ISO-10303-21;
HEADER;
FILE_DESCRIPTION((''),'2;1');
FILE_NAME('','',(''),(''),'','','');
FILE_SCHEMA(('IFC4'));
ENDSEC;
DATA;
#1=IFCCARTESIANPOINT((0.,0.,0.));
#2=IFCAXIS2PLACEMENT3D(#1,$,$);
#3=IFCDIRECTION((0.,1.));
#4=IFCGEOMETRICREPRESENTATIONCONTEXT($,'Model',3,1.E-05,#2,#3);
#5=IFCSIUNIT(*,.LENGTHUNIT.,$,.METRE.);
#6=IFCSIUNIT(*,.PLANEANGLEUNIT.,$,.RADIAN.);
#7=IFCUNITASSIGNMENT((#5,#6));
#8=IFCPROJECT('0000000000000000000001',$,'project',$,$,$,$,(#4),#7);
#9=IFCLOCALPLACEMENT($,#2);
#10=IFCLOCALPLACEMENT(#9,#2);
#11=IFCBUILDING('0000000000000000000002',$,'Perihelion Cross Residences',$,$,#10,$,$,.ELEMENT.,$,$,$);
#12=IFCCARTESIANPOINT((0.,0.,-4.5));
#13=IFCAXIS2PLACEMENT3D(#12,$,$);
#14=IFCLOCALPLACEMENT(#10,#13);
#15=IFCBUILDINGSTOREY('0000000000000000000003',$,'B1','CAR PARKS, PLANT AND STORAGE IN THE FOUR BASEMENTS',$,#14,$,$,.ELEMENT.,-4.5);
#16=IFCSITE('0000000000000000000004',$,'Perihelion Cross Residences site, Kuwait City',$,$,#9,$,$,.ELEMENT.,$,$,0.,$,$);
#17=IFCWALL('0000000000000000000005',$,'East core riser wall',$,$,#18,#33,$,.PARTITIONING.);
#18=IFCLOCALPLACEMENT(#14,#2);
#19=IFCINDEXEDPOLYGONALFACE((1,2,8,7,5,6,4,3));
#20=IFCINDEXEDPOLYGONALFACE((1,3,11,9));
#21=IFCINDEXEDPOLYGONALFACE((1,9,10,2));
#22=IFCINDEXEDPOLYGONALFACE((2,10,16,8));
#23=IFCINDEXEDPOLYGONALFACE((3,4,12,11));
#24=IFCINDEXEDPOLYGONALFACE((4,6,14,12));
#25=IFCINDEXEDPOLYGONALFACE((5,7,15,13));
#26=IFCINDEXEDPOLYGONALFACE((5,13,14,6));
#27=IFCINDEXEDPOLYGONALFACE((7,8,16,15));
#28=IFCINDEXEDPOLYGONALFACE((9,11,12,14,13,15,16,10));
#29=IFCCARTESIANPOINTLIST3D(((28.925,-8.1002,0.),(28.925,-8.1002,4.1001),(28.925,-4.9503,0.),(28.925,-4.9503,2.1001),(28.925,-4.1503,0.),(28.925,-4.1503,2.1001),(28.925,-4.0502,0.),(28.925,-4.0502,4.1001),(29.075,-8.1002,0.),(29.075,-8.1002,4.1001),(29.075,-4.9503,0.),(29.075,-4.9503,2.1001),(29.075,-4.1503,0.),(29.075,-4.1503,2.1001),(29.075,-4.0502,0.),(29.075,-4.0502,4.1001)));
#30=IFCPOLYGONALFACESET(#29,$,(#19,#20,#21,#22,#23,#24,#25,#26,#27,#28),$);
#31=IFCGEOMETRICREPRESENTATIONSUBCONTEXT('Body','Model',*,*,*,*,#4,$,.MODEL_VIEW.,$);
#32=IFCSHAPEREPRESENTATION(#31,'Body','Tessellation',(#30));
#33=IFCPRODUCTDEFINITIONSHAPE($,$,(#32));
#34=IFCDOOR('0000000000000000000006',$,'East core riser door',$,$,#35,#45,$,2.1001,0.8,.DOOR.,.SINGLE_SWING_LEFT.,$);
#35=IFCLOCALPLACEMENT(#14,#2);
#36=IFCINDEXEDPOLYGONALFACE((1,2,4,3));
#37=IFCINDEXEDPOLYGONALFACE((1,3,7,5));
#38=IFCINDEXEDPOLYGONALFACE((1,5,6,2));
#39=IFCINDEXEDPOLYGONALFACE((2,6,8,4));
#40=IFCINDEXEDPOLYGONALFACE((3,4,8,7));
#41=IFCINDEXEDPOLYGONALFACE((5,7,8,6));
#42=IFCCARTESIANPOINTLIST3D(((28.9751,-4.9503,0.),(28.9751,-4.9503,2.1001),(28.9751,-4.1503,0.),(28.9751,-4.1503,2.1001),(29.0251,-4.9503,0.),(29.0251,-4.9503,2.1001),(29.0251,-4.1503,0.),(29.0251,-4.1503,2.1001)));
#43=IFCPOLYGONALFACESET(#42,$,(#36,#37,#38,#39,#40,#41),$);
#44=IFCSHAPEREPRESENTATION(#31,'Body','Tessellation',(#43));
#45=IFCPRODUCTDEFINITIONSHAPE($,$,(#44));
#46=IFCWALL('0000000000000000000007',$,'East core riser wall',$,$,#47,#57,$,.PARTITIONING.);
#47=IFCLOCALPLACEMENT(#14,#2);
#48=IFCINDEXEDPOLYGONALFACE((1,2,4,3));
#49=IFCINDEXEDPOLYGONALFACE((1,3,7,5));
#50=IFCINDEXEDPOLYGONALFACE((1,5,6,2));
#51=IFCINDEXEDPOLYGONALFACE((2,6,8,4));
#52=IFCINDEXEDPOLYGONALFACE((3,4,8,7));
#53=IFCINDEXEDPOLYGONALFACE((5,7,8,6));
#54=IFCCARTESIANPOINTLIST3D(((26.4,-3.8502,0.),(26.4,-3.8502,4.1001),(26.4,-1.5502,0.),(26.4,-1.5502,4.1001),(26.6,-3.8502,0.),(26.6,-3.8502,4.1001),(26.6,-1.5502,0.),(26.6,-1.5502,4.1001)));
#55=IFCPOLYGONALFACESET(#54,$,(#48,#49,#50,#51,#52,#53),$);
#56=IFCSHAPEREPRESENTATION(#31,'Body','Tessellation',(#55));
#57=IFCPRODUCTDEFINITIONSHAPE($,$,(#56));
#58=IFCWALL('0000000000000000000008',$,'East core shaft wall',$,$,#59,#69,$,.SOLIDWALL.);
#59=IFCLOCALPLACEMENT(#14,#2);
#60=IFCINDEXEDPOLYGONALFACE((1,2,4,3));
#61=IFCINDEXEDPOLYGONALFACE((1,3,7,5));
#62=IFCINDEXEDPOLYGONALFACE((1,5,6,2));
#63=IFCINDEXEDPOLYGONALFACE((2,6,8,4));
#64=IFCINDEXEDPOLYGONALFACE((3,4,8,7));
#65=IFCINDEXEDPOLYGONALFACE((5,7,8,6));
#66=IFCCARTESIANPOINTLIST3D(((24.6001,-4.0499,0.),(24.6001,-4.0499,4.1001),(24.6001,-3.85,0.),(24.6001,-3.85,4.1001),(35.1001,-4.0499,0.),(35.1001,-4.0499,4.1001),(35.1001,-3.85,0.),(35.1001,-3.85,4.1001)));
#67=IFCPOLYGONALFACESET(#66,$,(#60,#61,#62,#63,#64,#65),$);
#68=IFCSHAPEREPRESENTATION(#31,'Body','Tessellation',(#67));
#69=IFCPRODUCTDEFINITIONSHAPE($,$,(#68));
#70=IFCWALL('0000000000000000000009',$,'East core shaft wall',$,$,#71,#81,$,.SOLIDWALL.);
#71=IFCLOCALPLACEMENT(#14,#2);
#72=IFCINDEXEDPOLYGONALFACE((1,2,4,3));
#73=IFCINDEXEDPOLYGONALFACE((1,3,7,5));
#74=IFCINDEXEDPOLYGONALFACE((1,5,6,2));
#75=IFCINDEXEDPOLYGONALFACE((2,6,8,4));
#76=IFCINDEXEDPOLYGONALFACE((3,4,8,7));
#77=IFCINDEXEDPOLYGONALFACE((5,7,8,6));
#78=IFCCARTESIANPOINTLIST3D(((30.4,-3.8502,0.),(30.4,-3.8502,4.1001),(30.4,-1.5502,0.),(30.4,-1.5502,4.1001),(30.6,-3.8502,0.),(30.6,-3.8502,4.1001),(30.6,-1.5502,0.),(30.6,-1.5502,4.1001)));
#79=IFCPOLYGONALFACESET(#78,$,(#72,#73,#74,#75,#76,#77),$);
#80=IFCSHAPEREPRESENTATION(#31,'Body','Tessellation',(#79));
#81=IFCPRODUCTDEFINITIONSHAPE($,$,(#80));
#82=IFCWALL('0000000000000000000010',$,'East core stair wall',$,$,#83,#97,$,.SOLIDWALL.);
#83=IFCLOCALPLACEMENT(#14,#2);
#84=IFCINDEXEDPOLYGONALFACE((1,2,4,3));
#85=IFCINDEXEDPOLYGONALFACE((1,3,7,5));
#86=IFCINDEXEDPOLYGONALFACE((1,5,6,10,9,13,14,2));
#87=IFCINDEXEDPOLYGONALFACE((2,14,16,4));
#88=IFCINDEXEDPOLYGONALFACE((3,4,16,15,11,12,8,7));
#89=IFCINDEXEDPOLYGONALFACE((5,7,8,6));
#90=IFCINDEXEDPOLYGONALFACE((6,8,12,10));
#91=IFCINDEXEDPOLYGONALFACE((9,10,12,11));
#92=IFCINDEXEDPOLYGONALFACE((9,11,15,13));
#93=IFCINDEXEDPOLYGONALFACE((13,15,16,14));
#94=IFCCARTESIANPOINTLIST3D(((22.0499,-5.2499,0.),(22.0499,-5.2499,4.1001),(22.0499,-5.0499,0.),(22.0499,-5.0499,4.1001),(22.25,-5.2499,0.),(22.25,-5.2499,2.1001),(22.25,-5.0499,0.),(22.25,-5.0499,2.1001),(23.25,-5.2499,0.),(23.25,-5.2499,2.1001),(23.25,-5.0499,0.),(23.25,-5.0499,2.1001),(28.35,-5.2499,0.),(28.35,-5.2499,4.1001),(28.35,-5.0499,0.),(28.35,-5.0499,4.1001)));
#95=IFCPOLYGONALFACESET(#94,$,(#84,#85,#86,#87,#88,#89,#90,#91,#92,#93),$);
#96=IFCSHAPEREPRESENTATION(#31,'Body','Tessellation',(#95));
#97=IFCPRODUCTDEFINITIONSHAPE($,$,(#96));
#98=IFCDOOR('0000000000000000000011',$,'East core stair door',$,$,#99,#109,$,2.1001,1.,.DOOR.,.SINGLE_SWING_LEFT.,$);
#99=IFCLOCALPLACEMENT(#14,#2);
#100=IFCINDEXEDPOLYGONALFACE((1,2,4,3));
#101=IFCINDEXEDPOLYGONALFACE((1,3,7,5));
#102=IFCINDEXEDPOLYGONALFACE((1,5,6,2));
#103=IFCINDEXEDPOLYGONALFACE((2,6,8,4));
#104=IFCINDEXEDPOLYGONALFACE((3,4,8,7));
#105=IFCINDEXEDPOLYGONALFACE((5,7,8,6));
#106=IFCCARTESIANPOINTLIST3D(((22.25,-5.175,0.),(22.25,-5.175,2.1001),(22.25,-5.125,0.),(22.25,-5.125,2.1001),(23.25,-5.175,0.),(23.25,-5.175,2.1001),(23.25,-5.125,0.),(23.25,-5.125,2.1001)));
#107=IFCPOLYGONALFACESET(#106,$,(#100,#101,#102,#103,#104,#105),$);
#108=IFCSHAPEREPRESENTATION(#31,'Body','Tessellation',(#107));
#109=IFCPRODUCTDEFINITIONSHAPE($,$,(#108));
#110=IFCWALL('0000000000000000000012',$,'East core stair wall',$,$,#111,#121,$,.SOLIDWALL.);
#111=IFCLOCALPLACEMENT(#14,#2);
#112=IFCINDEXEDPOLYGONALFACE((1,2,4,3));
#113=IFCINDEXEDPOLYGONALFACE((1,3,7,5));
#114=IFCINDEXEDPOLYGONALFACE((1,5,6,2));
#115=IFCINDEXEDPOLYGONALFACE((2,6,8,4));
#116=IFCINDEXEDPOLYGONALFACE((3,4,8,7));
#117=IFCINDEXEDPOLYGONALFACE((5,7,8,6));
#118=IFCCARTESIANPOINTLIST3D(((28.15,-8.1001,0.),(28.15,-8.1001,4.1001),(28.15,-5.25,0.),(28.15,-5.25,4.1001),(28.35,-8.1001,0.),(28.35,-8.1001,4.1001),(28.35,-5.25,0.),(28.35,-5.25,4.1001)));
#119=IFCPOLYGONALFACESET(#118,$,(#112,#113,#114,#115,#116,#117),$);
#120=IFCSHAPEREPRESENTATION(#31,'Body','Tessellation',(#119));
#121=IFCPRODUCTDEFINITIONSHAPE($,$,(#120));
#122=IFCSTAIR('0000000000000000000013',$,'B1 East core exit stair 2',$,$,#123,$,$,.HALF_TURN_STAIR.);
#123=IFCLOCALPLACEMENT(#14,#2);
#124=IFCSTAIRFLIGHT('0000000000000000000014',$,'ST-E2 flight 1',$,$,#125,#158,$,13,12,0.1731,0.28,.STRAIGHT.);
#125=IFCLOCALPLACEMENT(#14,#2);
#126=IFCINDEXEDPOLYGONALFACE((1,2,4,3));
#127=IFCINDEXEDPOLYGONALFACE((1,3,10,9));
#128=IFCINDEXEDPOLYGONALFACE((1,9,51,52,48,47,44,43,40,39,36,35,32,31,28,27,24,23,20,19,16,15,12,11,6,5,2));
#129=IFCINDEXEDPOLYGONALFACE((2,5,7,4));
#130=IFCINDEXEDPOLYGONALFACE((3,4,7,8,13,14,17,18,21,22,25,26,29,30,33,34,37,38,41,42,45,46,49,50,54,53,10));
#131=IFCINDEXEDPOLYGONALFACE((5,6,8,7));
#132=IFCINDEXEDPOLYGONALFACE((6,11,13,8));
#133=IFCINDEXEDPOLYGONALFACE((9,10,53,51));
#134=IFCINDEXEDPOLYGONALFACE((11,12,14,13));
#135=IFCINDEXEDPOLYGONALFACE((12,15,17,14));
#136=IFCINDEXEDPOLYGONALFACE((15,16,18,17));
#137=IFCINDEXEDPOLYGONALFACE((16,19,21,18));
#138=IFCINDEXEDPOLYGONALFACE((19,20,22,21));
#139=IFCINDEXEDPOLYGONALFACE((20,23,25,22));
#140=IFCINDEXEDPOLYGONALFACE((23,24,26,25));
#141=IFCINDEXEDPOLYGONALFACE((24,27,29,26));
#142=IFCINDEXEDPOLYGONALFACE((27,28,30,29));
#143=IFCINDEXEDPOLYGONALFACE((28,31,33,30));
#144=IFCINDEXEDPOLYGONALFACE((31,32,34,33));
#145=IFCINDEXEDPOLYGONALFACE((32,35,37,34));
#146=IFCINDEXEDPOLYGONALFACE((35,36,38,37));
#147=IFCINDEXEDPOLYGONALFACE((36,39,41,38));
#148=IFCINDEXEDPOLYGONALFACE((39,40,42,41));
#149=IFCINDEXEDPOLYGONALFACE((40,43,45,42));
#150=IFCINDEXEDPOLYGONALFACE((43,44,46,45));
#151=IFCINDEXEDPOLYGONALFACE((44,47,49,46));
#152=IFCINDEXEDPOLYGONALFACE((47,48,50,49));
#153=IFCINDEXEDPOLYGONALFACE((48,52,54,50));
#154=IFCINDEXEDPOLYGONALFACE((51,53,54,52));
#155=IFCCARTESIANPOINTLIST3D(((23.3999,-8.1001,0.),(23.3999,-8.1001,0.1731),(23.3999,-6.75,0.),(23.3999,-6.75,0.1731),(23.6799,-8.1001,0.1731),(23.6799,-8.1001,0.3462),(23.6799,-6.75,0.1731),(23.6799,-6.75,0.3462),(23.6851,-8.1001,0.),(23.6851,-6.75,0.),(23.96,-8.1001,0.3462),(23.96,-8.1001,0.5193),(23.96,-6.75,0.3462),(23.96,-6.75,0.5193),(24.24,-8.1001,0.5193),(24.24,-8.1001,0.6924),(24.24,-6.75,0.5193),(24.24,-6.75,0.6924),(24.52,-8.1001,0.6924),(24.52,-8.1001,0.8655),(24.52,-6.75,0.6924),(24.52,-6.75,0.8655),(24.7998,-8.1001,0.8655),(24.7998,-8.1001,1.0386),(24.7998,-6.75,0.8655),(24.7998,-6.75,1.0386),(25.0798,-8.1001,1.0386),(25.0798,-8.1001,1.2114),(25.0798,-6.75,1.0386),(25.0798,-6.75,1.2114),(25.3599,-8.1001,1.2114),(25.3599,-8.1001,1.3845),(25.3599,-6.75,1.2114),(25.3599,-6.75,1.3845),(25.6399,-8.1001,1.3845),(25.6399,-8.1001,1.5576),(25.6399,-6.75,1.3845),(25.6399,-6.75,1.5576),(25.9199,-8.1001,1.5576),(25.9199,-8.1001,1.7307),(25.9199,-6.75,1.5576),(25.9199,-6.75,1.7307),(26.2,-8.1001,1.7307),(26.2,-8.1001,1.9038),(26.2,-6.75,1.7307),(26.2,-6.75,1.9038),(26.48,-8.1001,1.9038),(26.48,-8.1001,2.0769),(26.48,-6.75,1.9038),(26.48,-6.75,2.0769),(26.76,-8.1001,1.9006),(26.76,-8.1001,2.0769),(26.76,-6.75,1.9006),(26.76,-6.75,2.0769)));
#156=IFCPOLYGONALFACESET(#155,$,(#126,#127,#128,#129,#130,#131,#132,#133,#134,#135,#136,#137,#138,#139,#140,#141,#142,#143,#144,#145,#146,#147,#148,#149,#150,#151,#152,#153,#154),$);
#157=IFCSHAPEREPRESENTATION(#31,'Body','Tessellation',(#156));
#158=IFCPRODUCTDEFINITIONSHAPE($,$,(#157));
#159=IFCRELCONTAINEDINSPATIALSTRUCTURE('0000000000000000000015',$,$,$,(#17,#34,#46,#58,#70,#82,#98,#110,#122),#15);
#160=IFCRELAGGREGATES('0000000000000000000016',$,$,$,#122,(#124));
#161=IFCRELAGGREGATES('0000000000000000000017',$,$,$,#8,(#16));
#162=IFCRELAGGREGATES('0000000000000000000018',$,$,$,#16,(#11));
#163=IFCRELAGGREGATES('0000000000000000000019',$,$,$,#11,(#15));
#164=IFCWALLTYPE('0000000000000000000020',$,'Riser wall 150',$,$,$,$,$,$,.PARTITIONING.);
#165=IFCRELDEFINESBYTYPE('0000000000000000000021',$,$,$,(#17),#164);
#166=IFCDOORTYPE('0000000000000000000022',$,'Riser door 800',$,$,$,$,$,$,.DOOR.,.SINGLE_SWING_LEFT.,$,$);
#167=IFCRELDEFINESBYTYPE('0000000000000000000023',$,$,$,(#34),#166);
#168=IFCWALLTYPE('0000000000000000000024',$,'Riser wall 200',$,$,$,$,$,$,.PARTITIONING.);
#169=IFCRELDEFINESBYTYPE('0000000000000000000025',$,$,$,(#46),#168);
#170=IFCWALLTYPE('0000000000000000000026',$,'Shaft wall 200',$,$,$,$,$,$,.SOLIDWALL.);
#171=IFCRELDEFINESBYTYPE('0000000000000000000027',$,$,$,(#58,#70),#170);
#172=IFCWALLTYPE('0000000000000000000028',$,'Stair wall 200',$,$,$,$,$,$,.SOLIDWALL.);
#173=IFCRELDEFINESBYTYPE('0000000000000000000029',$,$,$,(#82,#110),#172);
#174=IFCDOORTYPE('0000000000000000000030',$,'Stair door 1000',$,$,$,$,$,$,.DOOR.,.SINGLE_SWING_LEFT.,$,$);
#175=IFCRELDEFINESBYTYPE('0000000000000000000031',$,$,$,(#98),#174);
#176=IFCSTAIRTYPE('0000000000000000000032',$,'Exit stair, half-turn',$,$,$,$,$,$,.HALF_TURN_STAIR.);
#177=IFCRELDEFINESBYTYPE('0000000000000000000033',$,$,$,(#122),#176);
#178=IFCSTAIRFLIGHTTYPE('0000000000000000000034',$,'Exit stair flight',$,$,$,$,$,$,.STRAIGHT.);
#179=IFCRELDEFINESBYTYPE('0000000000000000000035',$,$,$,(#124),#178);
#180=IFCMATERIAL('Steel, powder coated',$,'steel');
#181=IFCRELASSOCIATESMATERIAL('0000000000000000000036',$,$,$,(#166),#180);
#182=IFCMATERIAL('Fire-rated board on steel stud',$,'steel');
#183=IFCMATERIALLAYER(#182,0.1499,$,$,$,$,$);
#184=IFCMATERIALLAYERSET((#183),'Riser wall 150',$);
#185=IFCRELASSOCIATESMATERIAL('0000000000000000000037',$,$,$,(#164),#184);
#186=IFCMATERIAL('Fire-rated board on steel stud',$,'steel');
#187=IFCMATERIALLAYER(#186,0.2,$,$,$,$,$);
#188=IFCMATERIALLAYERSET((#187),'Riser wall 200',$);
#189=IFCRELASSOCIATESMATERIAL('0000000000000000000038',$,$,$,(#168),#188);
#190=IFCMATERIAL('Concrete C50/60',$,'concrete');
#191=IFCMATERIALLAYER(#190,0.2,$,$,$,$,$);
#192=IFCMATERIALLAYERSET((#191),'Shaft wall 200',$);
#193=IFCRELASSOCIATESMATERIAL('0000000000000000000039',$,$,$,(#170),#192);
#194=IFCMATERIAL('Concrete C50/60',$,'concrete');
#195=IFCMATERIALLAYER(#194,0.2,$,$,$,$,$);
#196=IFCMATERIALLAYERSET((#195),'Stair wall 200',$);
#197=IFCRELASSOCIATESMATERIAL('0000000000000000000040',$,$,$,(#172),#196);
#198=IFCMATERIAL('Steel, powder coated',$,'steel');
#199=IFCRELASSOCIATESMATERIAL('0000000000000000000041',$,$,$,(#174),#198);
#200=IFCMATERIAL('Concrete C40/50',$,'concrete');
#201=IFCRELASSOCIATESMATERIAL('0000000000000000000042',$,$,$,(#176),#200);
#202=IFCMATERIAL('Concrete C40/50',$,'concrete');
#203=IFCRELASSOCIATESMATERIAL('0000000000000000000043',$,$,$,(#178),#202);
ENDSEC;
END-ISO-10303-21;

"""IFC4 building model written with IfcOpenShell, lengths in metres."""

from ifc_helpers import new_model, si_unit, direction, frame, frame_2d, origin, place, context, subcontext, project, spatial, polyline, rectangle, outline, extrude, material, layer, layer_set, type_object, element, fill, aggregate, save


model = new_model("IFC4")

# Units and contexts
model_context = context("Model", 3, precision=1e-05, world=origin(), true_north=direction((0.0, 1.0)))
body_context = subcontext(model_context, "Body", "Model", "MODEL_VIEW")
ifc_project = project(units=[si_unit("LENGTHUNIT", "METRE"), si_unit("PLANEANGLEUNIT", "RADIAN")], contexts=[model_context])

# Site, building, storey
site_placement = place(None, origin())
site = spatial("IfcSite", under=ifc_project, at=site_placement, Name="Perihelion Cross Residences site, Kuwait City", CompositionType="ELEMENT", RefElevation=0.0)
building_placement = place(site_placement, origin())
building = spatial("IfcBuilding", under=site, at=building_placement, Name="Perihelion Cross Residences", CompositionType="ELEMENT")
storey_placement = place(building_placement, frame((0.0, 0.0, -4.5)))
storey = spatial("IfcBuildingStorey", under=building, at=storey_placement, Name="B1", Description="CAR PARKS, PLANT AND STORAGE IN THE FOUR BASEMENTS", CompositionType="ELEMENT", Elevation=-4.5)

# Wall, opening, door
ifc_material_1 = material(Name="Steel, powder coated", Category="steel")
door_type_1 = type_object("IfcDoorType", Name="Riser door 800", OperationType="SINGLE_SWING_LEFT", PredefinedType="DOOR", material=ifc_material_1)
ifc_material_2 = material(Name="Fire-rated board on steel stud", Category="steel")
ifc_layer_1 = layer(ifc_material_2, 0.1499)
ifc_layer_set_1 = layer_set([ifc_layer_1], Name="Riser wall 150")
wall_type_1 = type_object("IfcWallType", Name="Riser wall 150", PredefinedType="PARTITIONING", material=ifc_layer_set_1)
wall_1_placement = place(storey_placement, frame((29.0, -8.1001, 0.0), z_axis=(0.0, 0.0, 1.0), x_axis=(0.0, 1.0, 0.0)))
wall_1 = element("IfcWall", 1, at=wall_1_placement, inside=storey, type_object=wall_type_1, Name="East core riser wall", PredefinedType="PARTITIONING", context=body_context, shape_type="SweptSolid", body=[
    extrude(rectangle(XDim=4.05, YDim=0.1499, at=frame_2d((2.0249, 0.0))), origin(), (0.0, 0.0, 1.0), 4.1001),
])
opening_1_placement = place(wall_1_placement, frame((3.1499, 0.0, 0.0)))
opening_1 = element("IfcOpeningElement", 2, at=opening_1_placement, cuts=wall_1, PredefinedType="OPENING", context=body_context, shape_type="SweptSolid", body=[
    extrude(rectangle(XDim=0.8, YDim=2.1001, at=frame_2d((0.3999, 1.05))), frame((0.0, 0.085, 0.0), z_axis=(0.0, -1.0, 0.0), x_axis=(1.0, 0.0, 0.0)), (0.0, 0.0, 1.0), 0.1699),
])
door_1_placement = place(opening_1_placement, origin())
door_1 = element("IfcDoor", 3, at=door_1_placement, inside=storey, type_object=door_type_1, Name="East core riser door", OperationType="SINGLE_SWING_LEFT", OverallHeight=2.1001, OverallWidth=0.8, PredefinedType="DOOR", context=body_context, shape_type="SweptSolid", body=[
    extrude(rectangle(XDim=0.8, YDim=2.1001, at=frame_2d((0.3999, 1.05))), frame((0.0, 0.0249, 0.0), z_axis=(0.0, -1.0, 0.0), x_axis=(1.0, 0.0, 0.0)), (0.0, 0.0, 1.0), 0.05),
])
fill(opening_1, door_1)

# Walls
ifc_material_3 = material(Name="Fire-rated board on steel stud", Category="steel")
ifc_layer_2 = layer(ifc_material_3, 0.2)
ifc_layer_set_2 = layer_set([ifc_layer_2], Name="Riser wall 200")
wall_type_2 = type_object("IfcWallType", Name="Riser wall 200", PredefinedType="PARTITIONING", material=ifc_layer_set_2)
wall_2_placement = place(storey_placement, frame((26.5, -3.8501, 0.0), z_axis=(0.0, 0.0, 1.0), x_axis=(0.0, 1.0, 0.0)))
element("IfcWall", 4, at=wall_2_placement, inside=storey, type_object=wall_type_2, Name="East core riser wall", PredefinedType="PARTITIONING", context=body_context, shape_type="SweptSolid", body=[
    extrude(rectangle(XDim=2.3, YDim=0.2, at=frame_2d((1.1499, 0.0))), origin(), (0.0, 0.0, 1.0), 4.1001),
])
ifc_material_4 = material(Name="Concrete C50/60", Category="concrete")
ifc_layer_3 = layer(ifc_material_4, 0.2)
ifc_layer_set_3 = layer_set([ifc_layer_3], Name="Shaft wall 200")
wall_type_3 = type_object("IfcWallType", Name="Shaft wall 200", PredefinedType="SOLIDWALL", material=ifc_layer_set_3)
wall_3_placement = place(storey_placement, frame((24.6001, -3.95, 0.0), z_axis=(0.0, 0.0, 1.0), x_axis=(1.0, 0.0, 0.0)))
element("IfcWall", 5, at=wall_3_placement, inside=storey, type_object=wall_type_3, Name="East core shaft wall", PredefinedType="SOLIDWALL", context=body_context, shape_type="SweptSolid", body=[
    extrude(rectangle(XDim=10.5, YDim=0.2, at=frame_2d((5.25, 0.0))), origin(), (0.0, 0.0, 1.0), 4.1001),
])
wall_4_placement = place(storey_placement, frame((30.5, -3.8501, 0.0), z_axis=(0.0, 0.0, 1.0), x_axis=(0.0, 1.0, 0.0)))
element("IfcWall", 6, at=wall_4_placement, inside=storey, type_object=wall_type_3, Name="East core shaft wall", PredefinedType="SOLIDWALL", context=body_context, shape_type="SweptSolid", body=[
    extrude(rectangle(XDim=2.3, YDim=0.2, at=frame_2d((1.1499, 0.0))), origin(), (0.0, 0.0, 1.0), 4.1001),
])

# Wall, opening, door
ifc_material_5 = material(Name="Concrete C50/60", Category="concrete")
ifc_layer_4 = layer(ifc_material_5, 0.2)
ifc_layer_set_4 = layer_set([ifc_layer_4], Name="Stair wall 200")
wall_type_4 = type_object("IfcWallType", Name="Stair wall 200", PredefinedType="SOLIDWALL", material=ifc_layer_set_4)
wall_5_placement = place(storey_placement, frame((22.05, -5.1499, 0.0), z_axis=(0.0, 0.0, 1.0), x_axis=(1.0, 0.0, 0.0)))
wall_5 = element("IfcWall", 7, at=wall_5_placement, inside=storey, type_object=wall_type_4, Name="East core stair wall", PredefinedType="SOLIDWALL", context=body_context, shape_type="SweptSolid", body=[
    extrude(rectangle(XDim=6.3, YDim=0.2, at=frame_2d((3.1499, 0.0))), origin(), (0.0, 0.0, 1.0), 4.1001),
])
opening_2_placement = place(wall_5_placement, frame((0.2, 0.0, 0.0)))
opening_2 = element("IfcOpeningElement", 8, at=opening_2_placement, cuts=wall_5, PredefinedType="OPENING", context=body_context, shape_type="SweptSolid", body=[
    extrude(rectangle(XDim=1.0, YDim=2.1001, at=frame_2d((0.5, 1.05))), frame((0.0, 0.1099, 0.0), z_axis=(0.0, -1.0, 0.0), x_axis=(1.0, 0.0, 0.0)), (0.0, 0.0, 1.0), 0.22),
])
ifc_material_6 = material(Name="Steel, powder coated", Category="steel")
door_type_2 = type_object("IfcDoorType", Name="Stair door 1000", OperationType="SINGLE_SWING_LEFT", PredefinedType="DOOR", material=ifc_material_6)
door_2_placement = place(opening_2_placement, origin())
door_2 = element("IfcDoor", 9, at=door_2_placement, inside=storey, type_object=door_type_2, Name="East core stair door", OperationType="SINGLE_SWING_LEFT", OverallHeight=2.1001, OverallWidth=1.0, PredefinedType="DOOR", context=body_context, shape_type="SweptSolid", body=[
    extrude(rectangle(XDim=1.0, YDim=2.1001, at=frame_2d((0.5, 1.05))), frame((0.0, 0.0249, 0.0), z_axis=(0.0, -1.0, 0.0), x_axis=(1.0, 0.0, 0.0)), (0.0, 0.0, 1.0), 0.05),
])
fill(opening_2, door_2)

# Wall
wall_6_placement = place(storey_placement, frame((28.25, -8.1001, 0.0), z_axis=(0.0, 0.0, 1.0), x_axis=(0.0, 1.0, 0.0)))
element("IfcWall", 10, at=wall_6_placement, inside=storey, type_object=wall_type_4, Name="East core stair wall", PredefinedType="SOLIDWALL", context=body_context, shape_type="SweptSolid", body=[
    extrude(rectangle(XDim=2.8501, YDim=0.2, at=frame_2d((1.425, 0.0))), origin(), (0.0, 0.0, 1.0), 4.1001),
])

# Stair, stair flight
ifc_material_7 = material(Name="Concrete C40/50", Category="concrete")
stair_type = type_object("IfcStairType", Name="Exit stair, half-turn", PredefinedType="HALF_TURN_STAIR", material=ifc_material_7)
stair_placement = place(storey_placement, origin())
stair = element("IfcStair", 11, at=stair_placement, inside=storey, type_object=stair_type, Name="B1 East core exit stair 2", PredefinedType="HALF_TURN_STAIR")
ifc_material_8 = material(Name="Concrete C40/50", Category="concrete")
stair_flight_type = type_object("IfcStairFlightType", Name="Exit stair flight", PredefinedType="STRAIGHT", material=ifc_material_8)
stair_flight_1_placement = place(storey_placement, frame((23.3999, -7.425, 0.0), z_axis=(0.0, 0.0, 1.0), x_axis=(1.0, 0.0, 0.0)))
stair_flight_1 = element("IfcStairFlight", 12, at=stair_flight_1_placement, type_object=stair_flight_type, Name="ST-E2 flight 1", NumberOfRisers=13, NumberOfTreads=12, PredefinedType="STRAIGHT", RiserHeight=0.1731, TreadLength=0.28, context=body_context, shape_type="SweptSolid", body=[
    extrude(outline(polyline([(0.0, 0.0), (0.0, 0.1731), (0.28, 0.1731), (0.28, 0.3462), (0.5601, 0.3462), (0.5601, 0.5193), (0.8401, 0.5193), (0.8401, 0.6924), (1.1201, 0.6924), (1.1201, 0.8655), (1.3999, 0.8655), (1.3999, 1.0386), (1.6799, 1.0386), (1.6799, 1.2114), (1.96, 1.2114), (1.96, 1.3845), (2.24, 1.3845), (2.24, 1.5576), (2.52, 1.5576), (2.52, 1.7307), (2.8, 1.7307), (2.8, 1.9038), (3.0801, 1.9038), (3.0801, 2.0769), (3.3601, 2.0769), (3.3601, 2.25), (3.3601, 1.9006), (0.2852, 0.0), (0.0, 0.0)])), frame((0.0, 0.675, 0.0), z_axis=(0.0, -1.0, 0.0), x_axis=(1.0, 0.0, 0.0)), (0.0, 0.0, 1.0), 1.3501),
])
aggregate(stair, [stair_flight_1])

save(model, "model.ifc")
